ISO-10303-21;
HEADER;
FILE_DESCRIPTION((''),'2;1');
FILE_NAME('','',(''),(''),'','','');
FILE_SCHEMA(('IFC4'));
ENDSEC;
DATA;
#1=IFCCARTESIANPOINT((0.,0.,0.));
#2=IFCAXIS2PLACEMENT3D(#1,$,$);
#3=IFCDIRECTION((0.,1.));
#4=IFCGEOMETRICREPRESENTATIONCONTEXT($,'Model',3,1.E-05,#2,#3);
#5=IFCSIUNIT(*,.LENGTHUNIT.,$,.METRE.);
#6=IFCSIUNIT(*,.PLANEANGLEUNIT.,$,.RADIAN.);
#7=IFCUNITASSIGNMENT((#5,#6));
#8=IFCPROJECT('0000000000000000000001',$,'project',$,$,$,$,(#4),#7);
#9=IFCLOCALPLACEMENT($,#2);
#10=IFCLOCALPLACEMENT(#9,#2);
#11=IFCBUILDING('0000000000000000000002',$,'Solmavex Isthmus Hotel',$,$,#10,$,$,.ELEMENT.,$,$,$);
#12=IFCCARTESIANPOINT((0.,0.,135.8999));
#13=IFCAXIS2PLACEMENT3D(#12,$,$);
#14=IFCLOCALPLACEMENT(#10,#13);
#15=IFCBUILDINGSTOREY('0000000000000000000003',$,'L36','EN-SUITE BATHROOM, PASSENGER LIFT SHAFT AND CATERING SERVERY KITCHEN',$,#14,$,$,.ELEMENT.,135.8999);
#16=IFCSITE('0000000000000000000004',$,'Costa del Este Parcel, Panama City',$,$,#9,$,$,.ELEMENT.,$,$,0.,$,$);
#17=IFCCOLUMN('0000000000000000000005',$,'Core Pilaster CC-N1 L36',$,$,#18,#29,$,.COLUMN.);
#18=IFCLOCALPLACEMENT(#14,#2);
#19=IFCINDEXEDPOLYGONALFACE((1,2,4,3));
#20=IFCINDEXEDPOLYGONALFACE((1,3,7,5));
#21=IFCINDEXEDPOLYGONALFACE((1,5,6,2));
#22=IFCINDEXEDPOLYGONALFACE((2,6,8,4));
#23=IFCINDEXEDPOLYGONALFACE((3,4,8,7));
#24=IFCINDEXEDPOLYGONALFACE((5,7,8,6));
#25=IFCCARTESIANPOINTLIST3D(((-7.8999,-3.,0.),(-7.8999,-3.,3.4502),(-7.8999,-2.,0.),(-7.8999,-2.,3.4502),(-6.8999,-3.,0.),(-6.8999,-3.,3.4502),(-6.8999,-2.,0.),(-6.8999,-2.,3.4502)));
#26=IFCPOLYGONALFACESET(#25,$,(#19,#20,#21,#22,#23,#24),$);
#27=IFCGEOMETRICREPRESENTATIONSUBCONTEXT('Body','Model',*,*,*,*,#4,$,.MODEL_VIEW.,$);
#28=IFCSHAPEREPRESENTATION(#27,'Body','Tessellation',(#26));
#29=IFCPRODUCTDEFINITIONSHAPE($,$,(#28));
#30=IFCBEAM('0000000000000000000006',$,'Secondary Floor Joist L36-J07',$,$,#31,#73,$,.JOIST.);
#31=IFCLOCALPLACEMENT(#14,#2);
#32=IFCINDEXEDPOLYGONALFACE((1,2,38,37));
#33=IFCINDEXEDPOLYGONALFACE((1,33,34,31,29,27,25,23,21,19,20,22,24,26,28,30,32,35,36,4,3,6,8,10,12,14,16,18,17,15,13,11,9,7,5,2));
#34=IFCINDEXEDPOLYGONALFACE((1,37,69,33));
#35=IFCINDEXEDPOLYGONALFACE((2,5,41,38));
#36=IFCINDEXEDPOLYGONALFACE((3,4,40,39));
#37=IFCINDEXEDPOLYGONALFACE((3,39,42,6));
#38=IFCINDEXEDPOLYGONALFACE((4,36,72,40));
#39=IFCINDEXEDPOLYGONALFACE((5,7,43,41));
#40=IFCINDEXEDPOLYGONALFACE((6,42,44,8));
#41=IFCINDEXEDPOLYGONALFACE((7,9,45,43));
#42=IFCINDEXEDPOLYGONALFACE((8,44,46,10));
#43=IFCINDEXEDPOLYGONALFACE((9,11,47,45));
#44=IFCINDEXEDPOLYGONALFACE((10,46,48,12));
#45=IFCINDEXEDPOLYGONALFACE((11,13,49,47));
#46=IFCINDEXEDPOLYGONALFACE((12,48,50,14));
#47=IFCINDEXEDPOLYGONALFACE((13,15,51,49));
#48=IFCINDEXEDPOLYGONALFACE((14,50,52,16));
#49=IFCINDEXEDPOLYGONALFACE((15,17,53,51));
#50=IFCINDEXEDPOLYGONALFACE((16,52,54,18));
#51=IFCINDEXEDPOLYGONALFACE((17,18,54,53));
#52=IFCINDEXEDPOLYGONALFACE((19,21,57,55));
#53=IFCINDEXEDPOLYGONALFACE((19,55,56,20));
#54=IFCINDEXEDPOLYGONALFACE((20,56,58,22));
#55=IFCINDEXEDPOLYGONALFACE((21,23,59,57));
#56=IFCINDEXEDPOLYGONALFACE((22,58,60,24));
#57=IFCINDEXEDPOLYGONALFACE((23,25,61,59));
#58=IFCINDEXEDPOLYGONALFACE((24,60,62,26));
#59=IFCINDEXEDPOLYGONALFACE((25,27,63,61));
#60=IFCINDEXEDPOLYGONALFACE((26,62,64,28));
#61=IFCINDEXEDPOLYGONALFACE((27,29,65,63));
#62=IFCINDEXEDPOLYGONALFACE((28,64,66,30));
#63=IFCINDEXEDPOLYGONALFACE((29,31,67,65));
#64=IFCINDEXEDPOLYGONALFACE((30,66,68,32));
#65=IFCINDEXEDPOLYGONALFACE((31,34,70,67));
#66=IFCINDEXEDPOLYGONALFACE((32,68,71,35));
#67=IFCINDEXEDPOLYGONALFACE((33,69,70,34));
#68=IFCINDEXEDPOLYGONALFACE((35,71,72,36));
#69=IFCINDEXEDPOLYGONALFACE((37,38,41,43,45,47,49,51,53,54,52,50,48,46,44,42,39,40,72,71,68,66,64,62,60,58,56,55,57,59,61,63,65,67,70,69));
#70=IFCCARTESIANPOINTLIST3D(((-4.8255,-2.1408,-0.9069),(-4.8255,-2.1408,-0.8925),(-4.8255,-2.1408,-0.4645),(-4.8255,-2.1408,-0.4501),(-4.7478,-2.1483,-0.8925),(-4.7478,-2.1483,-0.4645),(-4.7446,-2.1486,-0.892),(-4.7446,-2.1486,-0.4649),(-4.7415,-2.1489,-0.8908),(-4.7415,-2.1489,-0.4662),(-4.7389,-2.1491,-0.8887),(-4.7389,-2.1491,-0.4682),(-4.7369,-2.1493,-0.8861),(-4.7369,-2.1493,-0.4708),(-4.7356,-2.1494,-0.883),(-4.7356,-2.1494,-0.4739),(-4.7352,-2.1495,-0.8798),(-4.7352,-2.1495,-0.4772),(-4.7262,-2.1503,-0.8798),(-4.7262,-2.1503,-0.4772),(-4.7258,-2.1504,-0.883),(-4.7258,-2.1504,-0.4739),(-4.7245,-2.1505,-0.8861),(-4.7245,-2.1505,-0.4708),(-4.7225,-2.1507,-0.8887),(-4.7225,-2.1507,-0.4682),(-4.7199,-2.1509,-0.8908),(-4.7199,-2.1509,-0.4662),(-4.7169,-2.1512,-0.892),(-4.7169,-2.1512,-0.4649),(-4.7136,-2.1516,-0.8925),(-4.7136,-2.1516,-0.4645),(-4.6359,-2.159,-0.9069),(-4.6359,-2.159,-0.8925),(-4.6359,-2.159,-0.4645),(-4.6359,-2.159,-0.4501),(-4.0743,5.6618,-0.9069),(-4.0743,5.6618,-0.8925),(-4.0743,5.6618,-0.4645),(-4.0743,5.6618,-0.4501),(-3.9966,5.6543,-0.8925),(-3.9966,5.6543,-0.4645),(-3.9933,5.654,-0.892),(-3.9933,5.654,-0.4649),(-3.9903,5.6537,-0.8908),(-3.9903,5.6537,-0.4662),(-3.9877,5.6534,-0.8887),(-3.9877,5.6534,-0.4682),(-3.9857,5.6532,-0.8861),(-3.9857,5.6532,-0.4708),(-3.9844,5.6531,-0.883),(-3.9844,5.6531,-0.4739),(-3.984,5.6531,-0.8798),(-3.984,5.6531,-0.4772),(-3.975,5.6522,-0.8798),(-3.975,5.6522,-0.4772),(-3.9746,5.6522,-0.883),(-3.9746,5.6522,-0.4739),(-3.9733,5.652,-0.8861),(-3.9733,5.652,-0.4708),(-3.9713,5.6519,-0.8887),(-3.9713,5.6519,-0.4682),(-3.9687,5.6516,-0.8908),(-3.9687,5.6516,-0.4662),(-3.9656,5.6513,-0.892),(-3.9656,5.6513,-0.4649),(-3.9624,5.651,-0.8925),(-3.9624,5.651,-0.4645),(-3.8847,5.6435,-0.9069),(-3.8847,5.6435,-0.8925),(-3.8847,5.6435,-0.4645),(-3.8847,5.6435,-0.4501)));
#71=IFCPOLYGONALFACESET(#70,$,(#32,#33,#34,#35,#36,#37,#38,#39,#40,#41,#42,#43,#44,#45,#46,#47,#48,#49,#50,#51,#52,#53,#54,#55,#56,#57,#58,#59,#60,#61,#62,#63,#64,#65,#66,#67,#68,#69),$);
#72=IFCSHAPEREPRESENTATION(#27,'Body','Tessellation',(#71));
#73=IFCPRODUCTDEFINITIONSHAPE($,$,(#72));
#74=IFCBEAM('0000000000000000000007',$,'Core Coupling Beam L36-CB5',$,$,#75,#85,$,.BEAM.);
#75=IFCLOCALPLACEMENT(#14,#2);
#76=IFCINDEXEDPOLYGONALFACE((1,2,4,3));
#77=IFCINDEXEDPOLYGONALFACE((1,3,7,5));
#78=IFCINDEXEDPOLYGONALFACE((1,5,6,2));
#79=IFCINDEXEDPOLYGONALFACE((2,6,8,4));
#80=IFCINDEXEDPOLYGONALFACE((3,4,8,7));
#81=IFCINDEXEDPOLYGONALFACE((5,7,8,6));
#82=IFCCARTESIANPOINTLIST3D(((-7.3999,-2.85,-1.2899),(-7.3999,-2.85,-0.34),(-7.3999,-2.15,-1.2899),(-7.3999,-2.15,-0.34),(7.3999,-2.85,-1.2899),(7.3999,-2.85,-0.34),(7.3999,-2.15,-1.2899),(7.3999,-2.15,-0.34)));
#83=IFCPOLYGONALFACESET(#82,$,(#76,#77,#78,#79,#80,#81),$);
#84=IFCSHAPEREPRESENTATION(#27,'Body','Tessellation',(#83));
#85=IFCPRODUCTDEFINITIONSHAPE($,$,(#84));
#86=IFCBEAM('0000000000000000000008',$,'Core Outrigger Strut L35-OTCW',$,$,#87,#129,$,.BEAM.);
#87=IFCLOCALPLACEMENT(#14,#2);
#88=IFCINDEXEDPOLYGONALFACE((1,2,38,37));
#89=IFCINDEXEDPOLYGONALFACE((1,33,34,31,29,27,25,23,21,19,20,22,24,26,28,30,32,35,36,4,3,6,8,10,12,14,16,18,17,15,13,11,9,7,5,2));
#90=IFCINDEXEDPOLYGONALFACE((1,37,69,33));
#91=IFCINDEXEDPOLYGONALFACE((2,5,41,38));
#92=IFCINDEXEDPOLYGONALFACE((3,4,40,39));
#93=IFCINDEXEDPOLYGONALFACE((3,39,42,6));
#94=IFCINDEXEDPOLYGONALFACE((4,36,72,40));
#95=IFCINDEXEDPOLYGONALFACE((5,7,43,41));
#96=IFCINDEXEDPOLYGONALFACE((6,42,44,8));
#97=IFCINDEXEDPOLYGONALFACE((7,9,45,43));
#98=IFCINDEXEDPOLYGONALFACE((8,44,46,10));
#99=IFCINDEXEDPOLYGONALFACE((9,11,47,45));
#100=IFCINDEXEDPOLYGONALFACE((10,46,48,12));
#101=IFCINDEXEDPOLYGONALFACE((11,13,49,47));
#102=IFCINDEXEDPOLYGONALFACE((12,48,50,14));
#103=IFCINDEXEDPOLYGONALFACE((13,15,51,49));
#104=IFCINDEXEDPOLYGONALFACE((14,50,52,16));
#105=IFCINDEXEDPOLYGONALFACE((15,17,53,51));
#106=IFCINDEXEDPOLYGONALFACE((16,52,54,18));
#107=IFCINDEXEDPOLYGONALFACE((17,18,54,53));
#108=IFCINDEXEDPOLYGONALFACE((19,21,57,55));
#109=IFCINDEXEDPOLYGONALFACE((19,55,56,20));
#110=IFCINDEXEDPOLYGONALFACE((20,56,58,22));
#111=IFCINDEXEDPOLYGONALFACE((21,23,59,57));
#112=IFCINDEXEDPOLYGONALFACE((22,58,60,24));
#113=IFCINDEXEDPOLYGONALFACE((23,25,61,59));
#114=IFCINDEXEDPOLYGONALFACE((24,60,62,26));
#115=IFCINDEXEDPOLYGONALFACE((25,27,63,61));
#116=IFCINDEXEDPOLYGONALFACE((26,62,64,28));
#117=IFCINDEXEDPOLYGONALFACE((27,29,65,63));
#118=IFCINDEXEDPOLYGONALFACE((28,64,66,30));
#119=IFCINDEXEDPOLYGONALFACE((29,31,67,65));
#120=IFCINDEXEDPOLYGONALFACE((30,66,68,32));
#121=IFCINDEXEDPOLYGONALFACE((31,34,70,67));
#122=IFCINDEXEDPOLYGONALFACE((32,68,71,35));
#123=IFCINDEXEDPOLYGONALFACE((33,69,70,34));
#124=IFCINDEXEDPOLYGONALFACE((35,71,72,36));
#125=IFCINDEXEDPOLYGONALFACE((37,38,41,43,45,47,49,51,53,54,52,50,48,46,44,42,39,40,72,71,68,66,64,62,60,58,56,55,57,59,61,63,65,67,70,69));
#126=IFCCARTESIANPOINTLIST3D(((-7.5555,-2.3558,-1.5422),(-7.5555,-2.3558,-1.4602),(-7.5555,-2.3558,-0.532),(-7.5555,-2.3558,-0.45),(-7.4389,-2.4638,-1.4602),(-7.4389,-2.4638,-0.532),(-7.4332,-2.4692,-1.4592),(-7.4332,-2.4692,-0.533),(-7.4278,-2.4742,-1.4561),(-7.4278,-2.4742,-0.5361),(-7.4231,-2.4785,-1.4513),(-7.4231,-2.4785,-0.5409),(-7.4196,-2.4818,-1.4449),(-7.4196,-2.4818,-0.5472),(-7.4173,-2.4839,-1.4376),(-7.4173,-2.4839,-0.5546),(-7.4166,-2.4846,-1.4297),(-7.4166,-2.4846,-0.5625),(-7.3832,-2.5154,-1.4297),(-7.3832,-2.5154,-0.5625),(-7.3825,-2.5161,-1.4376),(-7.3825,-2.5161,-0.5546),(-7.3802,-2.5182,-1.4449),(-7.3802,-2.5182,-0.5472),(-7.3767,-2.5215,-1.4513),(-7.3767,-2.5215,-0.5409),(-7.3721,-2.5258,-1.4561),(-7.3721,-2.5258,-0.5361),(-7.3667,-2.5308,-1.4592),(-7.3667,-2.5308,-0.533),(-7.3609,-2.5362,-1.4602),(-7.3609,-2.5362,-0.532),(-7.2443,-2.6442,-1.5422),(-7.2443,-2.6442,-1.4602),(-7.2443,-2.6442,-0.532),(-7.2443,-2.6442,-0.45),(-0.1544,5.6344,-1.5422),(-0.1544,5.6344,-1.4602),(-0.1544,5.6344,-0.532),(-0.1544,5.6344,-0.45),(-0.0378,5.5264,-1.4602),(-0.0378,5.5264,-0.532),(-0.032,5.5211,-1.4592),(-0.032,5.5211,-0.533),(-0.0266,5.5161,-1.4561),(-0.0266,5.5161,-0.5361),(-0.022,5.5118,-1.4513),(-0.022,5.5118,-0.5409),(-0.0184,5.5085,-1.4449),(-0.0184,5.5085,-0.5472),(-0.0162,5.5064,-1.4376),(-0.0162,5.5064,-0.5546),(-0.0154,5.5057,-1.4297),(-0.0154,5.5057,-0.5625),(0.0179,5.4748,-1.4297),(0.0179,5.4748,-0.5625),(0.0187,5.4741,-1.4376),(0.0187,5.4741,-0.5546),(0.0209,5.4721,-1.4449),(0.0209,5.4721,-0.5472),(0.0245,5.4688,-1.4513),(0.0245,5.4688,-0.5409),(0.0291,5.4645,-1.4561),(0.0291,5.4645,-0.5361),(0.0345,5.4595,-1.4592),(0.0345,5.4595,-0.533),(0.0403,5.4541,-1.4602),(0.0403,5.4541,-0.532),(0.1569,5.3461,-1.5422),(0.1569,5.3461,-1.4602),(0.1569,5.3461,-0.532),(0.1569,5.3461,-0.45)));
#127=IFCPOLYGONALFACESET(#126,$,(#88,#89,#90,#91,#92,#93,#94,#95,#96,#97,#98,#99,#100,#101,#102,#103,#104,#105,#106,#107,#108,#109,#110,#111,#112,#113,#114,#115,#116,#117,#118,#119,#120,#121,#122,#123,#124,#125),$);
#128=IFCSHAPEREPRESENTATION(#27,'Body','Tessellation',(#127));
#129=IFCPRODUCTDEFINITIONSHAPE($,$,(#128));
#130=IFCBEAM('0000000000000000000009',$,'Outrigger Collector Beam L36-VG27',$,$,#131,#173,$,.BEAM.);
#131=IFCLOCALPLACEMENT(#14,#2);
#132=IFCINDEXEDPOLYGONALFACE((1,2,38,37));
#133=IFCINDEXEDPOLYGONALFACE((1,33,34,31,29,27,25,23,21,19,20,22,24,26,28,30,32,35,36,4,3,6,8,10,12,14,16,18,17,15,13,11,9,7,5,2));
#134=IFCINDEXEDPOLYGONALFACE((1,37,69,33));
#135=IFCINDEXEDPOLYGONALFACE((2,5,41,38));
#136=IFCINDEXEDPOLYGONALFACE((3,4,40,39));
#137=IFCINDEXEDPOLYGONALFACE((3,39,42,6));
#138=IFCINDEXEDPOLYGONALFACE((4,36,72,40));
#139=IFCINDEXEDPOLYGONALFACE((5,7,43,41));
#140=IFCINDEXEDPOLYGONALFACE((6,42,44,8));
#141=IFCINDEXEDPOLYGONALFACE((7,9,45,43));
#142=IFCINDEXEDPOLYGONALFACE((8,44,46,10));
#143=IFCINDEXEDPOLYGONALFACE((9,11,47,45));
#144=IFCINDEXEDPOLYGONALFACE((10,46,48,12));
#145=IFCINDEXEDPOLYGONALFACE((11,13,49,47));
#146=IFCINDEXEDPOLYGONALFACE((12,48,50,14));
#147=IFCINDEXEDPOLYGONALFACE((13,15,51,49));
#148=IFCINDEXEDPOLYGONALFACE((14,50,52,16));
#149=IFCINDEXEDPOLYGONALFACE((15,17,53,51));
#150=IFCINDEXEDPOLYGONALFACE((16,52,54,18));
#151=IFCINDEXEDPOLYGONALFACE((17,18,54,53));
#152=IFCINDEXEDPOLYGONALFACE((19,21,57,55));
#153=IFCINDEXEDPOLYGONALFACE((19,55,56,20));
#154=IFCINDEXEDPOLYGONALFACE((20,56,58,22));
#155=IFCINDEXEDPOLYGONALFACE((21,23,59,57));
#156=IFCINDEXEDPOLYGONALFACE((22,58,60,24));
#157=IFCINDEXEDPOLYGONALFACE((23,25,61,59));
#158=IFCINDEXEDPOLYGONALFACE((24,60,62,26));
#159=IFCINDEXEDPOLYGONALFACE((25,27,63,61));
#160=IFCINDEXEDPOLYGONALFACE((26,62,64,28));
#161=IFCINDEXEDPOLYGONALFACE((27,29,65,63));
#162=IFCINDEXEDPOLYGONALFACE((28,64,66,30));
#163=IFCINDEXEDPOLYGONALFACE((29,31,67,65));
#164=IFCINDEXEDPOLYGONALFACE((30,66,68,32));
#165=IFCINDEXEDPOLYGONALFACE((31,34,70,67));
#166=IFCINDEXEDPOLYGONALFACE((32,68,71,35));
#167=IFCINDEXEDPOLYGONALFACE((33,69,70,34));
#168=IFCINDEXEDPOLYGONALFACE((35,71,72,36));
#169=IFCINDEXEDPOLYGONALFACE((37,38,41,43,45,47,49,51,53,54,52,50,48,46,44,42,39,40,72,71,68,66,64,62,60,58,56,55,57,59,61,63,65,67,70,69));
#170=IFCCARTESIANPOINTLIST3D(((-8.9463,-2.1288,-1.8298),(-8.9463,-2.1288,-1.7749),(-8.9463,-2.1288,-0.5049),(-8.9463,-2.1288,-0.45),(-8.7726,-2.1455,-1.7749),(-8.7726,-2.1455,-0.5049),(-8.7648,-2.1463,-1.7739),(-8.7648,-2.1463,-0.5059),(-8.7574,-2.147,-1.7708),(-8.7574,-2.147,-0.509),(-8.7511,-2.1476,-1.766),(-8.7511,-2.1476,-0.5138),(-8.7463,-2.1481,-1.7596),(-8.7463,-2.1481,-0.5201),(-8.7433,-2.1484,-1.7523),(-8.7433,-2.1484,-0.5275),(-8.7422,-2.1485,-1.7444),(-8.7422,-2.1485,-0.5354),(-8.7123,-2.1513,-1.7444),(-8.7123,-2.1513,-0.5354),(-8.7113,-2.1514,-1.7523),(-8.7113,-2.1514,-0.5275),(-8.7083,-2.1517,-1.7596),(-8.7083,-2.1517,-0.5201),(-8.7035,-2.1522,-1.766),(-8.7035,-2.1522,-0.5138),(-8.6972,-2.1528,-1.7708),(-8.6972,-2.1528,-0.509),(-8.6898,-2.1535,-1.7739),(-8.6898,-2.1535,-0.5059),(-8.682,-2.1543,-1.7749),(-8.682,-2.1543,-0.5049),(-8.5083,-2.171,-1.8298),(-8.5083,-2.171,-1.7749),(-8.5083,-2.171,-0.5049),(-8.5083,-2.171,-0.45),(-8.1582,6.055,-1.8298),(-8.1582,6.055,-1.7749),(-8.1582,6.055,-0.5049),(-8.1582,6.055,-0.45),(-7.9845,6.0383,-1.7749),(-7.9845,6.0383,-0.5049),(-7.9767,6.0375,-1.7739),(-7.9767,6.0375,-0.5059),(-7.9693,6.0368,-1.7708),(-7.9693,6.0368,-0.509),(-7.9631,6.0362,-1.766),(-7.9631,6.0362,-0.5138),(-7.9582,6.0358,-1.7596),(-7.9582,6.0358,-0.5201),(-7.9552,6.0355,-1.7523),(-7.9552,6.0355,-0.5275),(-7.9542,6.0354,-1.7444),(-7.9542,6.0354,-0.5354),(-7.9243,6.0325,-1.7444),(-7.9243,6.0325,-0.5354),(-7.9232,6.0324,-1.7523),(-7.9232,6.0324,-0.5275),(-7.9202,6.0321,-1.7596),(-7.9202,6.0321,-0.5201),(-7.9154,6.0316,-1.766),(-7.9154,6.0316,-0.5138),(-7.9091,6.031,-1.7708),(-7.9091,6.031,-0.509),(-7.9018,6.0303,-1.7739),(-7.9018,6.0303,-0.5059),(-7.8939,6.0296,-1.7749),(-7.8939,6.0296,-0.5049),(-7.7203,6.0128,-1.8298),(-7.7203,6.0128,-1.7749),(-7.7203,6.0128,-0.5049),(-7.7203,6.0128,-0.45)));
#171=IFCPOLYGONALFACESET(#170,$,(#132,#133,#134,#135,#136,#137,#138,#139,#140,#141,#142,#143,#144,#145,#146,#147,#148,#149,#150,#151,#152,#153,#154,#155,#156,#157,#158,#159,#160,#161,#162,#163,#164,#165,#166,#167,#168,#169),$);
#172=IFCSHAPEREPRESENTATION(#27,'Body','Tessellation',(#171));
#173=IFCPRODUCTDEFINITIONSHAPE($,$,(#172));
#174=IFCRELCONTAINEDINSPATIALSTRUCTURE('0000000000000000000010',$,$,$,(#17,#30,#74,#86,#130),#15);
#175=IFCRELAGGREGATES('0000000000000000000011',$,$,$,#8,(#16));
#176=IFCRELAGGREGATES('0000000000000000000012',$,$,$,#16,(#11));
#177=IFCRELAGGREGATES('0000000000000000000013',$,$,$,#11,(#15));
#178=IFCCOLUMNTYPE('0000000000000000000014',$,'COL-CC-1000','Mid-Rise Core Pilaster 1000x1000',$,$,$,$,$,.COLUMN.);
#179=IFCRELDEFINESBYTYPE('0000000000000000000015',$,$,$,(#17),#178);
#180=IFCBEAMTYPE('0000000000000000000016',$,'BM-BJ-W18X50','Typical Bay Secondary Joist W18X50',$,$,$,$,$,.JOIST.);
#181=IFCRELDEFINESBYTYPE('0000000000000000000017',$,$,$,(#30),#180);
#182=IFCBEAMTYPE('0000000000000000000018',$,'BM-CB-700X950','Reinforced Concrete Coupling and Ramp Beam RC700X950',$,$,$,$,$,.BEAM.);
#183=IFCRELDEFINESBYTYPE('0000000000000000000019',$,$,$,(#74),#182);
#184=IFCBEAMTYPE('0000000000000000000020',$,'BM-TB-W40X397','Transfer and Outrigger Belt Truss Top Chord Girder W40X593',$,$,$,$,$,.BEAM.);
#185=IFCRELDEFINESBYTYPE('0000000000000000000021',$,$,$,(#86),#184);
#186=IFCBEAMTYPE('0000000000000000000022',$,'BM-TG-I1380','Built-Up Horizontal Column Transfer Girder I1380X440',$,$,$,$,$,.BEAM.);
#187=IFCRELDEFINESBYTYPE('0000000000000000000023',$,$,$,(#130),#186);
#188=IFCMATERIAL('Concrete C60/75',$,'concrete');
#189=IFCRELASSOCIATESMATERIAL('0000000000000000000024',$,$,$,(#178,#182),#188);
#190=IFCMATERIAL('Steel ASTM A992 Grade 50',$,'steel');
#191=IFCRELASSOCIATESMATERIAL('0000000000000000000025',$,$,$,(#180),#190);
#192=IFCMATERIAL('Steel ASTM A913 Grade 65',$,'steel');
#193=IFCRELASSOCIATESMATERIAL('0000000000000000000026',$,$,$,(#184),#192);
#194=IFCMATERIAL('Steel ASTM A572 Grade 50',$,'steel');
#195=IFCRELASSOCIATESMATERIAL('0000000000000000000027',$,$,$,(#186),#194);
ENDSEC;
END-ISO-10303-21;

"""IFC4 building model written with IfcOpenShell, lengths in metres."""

from ifc_helpers import new_model, si_unit, direction, frame, origin, origin_2d, place, context, subcontext, project, spatial, rectangle, i_section, extrude, material, material_profile, profile_set, type_object, element, save


model = new_model("IFC4")

# Units and contexts
model_context = context("Model", 3, precision=1e-05, world=origin(), true_north=direction((0.0, 1.0)))
body_context = subcontext(model_context, "Body", "Model", "MODEL_VIEW")
ifc_project = project(units=[si_unit("LENGTHUNIT", "METRE"), si_unit("PLANEANGLEUNIT", "RADIAN")], contexts=[model_context])

# Site, building, storey
site_placement = place(None, origin())
site = spatial("IfcSite", under=ifc_project, at=site_placement, Name="Costa del Este Parcel, Panama City", CompositionType="ELEMENT", RefElevation=0.0)
building_placement = place(site_placement, origin())
building = spatial("IfcBuilding", under=site, at=building_placement, Name="Solmavex Isthmus Hotel", CompositionType="ELEMENT")
storey_placement = place(building_placement, frame((0.0, 0.0, 135.8999)))
storey = spatial("IfcBuildingStorey", under=building, at=storey_placement, Name="L36", Description="EN-SUITE BATHROOM, PASSENGER LIFT SHAFT AND CATERING SERVERY KITCHEN", CompositionType="ELEMENT", Elevation=135.8999)

# Column
ifc_material_1 = material(Name="Concrete C60/75", Category="concrete")
ifc_material_profile_1 = material_profile(ifc_material_1, rectangle(XDim=1.0, YDim=1.0, at=origin_2d()), Name="RC1000X1000")
ifc_profile_set_1 = profile_set([ifc_material_profile_1], Name="Concrete C60/75")
column_type = type_object("IfcColumnType", Name="COL-CC-1000", Description="Mid-Rise Core Pilaster 1000x1000", PredefinedType="COLUMN", material=ifc_profile_set_1)
column_placement = place(storey_placement, frame((-7.3999, -2.5, 0.0), z_axis=(0.0, 0.0, 1.0), x_axis=(1.0, 0.0, 0.0)))
element("IfcColumn", 1, at=column_placement, inside=storey, type_object=column_type, Name="Core Pilaster CC-N1 L36", PredefinedType="COLUMN", context=body_context, shape_type="SweptSolid", body=[
    extrude(rectangle(XDim=1.0, YDim=1.0, at=origin_2d()), origin(), (0.0, 0.0, 1.0), 3.4502),
])

# Beams
ifc_material_2 = material(Name="Steel ASTM A992 Grade 50", Category="steel")
ifc_material_profile_2 = material_profile(ifc_material_2, i_section(OverallWidth=0.1904, OverallDepth=0.4568, WebThickness=0.009, FlangeThickness=0.0144, FilletRadius=0.0127, at=origin_2d()), Name="W18X50")
ifc_profile_set_2 = profile_set([ifc_material_profile_2], Name="Steel ASTM A992 Grade 50")
beam_type_1 = type_object("IfcBeamType", Name="BM-BJ-W18X50", Description="Typical Bay Secondary Joist W18X50", PredefinedType="JOIST", material=ifc_profile_set_2)
beam_1_placement = place(storey_placement, frame((-4.7307, -2.1499, -0.6785), z_axis=(0.095836, 0.995397, 0.0), x_axis=(-0.995397, 0.095836, 0.0)))
element("IfcBeam", 2, at=beam_1_placement, inside=storey, type_object=beam_type_1, Name="Secondary Floor Joist L36-J07", PredefinedType="JOIST", context=body_context, shape_type="SweptSolid", body=[
    extrude(i_section(OverallWidth=0.1904, OverallDepth=0.4568, WebThickness=0.009, FlangeThickness=0.0144, FilletRadius=0.0127, at=origin_2d()), origin(), (0.0, 0.0, 1.0), 7.8386),
])
ifc_material_profile_3 = material_profile(ifc_material_1, rectangle(XDim=0.7, YDim=0.95, at=origin_2d()), Name="RC700X950")
ifc_profile_set_3 = profile_set([ifc_material_profile_3], Name="Concrete C60/75")
beam_type_2 = type_object("IfcBeamType", Name="BM-CB-700X950", Description="Reinforced Concrete Coupling and Ramp Beam RC700X950", PredefinedType="BEAM", material=ifc_profile_set_3)
beam_2_placement = place(storey_placement, frame((-7.3999, -2.5, -0.8149), z_axis=(1.0, 0.0, 0.0), x_axis=(0.0, 1.0, 0.0)))
element("IfcBeam", 3, at=beam_2_placement, inside=storey, type_object=beam_type_2, Name="Core Coupling Beam L36-CB5", PredefinedType="BEAM", context=body_context, shape_type="SweptSolid", body=[
    extrude(rectangle(XDim=0.7, YDim=0.95, at=origin_2d()), origin(), (0.0, 0.0, 1.0), 14.7998),
])
ifc_material_3 = material(Name="Steel ASTM A913 Grade 65", Category="steel")
ifc_material_profile_4 = material_profile(ifc_material_3, i_section(OverallWidth=0.4243, OverallDepth=1.0923, WebThickness=0.0454, FlangeThickness=0.082, FilletRadius=0.0305, at=origin_2d()), Name="W40X593")
ifc_profile_set_4 = profile_set([ifc_material_profile_4], Name="Steel ASTM A913 Grade 65")
beam_type_3 = type_object("IfcBeamType", Name="BM-TB-W40X397", Description="Transfer and Outrigger Belt Truss Top Chord Girder W40X593", PredefinedType="BEAM", material=ifc_profile_set_4)
beam_3_placement = place(storey_placement, frame((-7.3999, -2.5, -0.9961), z_axis=(0.679544, 0.733634, 0.0), x_axis=(-0.733634, 0.679544, 0.0)))
element("IfcBeam", 4, at=beam_3_placement, inside=storey, type_object=beam_type_3, Name="Core Outrigger Strut L35-OTCW", PredefinedType="BEAM", context=body_context, shape_type="SweptSolid", body=[
    extrude(i_section(OverallWidth=0.4243, OverallDepth=1.0923, WebThickness=0.0454, FlangeThickness=0.082, FilletRadius=0.0305, at=origin_2d()), origin(), (0.0, 0.0, 1.0), 10.8914),
])
ifc_material_4 = material(Name="Steel ASTM A572 Grade 50", Category="steel")
ifc_material_profile_5 = material_profile(ifc_material_4, i_section(OverallWidth=0.4399, OverallDepth=1.3799, WebThickness=0.03, FlangeThickness=0.0549, FilletRadius=0.0305, at=origin_2d()), Name="I1380X440")
ifc_profile_set_5 = profile_set([ifc_material_profile_5], Name="Steel ASTM A572 Grade 50")
beam_type_4 = type_object("IfcBeamType", Name="BM-TG-I1380", Description="Built-Up Horizontal Column Transfer Girder I1380X440", PredefinedType="BEAM", material=ifc_profile_set_5)
beam_4_placement = place(storey_placement, frame((-8.7273, -2.1499, -1.1399), z_axis=(0.095854, 0.995395, 0.0), x_axis=(-0.995395, 0.095854, 0.0)))
element("IfcBeam", 5, at=beam_4_placement, inside=storey, type_object=beam_type_4, Name="Outrigger Collector Beam L36-VG27", PredefinedType="BEAM", context=body_context, shape_type="SweptSolid", body=[
    extrude(i_section(OverallWidth=0.4399, OverallDepth=1.3799, WebThickness=0.03, FlangeThickness=0.0549, FilletRadius=0.0305, at=origin_2d()), origin(), (0.0, 0.0, 1.0), 8.2217),
])

save(model, "model.ifc")
